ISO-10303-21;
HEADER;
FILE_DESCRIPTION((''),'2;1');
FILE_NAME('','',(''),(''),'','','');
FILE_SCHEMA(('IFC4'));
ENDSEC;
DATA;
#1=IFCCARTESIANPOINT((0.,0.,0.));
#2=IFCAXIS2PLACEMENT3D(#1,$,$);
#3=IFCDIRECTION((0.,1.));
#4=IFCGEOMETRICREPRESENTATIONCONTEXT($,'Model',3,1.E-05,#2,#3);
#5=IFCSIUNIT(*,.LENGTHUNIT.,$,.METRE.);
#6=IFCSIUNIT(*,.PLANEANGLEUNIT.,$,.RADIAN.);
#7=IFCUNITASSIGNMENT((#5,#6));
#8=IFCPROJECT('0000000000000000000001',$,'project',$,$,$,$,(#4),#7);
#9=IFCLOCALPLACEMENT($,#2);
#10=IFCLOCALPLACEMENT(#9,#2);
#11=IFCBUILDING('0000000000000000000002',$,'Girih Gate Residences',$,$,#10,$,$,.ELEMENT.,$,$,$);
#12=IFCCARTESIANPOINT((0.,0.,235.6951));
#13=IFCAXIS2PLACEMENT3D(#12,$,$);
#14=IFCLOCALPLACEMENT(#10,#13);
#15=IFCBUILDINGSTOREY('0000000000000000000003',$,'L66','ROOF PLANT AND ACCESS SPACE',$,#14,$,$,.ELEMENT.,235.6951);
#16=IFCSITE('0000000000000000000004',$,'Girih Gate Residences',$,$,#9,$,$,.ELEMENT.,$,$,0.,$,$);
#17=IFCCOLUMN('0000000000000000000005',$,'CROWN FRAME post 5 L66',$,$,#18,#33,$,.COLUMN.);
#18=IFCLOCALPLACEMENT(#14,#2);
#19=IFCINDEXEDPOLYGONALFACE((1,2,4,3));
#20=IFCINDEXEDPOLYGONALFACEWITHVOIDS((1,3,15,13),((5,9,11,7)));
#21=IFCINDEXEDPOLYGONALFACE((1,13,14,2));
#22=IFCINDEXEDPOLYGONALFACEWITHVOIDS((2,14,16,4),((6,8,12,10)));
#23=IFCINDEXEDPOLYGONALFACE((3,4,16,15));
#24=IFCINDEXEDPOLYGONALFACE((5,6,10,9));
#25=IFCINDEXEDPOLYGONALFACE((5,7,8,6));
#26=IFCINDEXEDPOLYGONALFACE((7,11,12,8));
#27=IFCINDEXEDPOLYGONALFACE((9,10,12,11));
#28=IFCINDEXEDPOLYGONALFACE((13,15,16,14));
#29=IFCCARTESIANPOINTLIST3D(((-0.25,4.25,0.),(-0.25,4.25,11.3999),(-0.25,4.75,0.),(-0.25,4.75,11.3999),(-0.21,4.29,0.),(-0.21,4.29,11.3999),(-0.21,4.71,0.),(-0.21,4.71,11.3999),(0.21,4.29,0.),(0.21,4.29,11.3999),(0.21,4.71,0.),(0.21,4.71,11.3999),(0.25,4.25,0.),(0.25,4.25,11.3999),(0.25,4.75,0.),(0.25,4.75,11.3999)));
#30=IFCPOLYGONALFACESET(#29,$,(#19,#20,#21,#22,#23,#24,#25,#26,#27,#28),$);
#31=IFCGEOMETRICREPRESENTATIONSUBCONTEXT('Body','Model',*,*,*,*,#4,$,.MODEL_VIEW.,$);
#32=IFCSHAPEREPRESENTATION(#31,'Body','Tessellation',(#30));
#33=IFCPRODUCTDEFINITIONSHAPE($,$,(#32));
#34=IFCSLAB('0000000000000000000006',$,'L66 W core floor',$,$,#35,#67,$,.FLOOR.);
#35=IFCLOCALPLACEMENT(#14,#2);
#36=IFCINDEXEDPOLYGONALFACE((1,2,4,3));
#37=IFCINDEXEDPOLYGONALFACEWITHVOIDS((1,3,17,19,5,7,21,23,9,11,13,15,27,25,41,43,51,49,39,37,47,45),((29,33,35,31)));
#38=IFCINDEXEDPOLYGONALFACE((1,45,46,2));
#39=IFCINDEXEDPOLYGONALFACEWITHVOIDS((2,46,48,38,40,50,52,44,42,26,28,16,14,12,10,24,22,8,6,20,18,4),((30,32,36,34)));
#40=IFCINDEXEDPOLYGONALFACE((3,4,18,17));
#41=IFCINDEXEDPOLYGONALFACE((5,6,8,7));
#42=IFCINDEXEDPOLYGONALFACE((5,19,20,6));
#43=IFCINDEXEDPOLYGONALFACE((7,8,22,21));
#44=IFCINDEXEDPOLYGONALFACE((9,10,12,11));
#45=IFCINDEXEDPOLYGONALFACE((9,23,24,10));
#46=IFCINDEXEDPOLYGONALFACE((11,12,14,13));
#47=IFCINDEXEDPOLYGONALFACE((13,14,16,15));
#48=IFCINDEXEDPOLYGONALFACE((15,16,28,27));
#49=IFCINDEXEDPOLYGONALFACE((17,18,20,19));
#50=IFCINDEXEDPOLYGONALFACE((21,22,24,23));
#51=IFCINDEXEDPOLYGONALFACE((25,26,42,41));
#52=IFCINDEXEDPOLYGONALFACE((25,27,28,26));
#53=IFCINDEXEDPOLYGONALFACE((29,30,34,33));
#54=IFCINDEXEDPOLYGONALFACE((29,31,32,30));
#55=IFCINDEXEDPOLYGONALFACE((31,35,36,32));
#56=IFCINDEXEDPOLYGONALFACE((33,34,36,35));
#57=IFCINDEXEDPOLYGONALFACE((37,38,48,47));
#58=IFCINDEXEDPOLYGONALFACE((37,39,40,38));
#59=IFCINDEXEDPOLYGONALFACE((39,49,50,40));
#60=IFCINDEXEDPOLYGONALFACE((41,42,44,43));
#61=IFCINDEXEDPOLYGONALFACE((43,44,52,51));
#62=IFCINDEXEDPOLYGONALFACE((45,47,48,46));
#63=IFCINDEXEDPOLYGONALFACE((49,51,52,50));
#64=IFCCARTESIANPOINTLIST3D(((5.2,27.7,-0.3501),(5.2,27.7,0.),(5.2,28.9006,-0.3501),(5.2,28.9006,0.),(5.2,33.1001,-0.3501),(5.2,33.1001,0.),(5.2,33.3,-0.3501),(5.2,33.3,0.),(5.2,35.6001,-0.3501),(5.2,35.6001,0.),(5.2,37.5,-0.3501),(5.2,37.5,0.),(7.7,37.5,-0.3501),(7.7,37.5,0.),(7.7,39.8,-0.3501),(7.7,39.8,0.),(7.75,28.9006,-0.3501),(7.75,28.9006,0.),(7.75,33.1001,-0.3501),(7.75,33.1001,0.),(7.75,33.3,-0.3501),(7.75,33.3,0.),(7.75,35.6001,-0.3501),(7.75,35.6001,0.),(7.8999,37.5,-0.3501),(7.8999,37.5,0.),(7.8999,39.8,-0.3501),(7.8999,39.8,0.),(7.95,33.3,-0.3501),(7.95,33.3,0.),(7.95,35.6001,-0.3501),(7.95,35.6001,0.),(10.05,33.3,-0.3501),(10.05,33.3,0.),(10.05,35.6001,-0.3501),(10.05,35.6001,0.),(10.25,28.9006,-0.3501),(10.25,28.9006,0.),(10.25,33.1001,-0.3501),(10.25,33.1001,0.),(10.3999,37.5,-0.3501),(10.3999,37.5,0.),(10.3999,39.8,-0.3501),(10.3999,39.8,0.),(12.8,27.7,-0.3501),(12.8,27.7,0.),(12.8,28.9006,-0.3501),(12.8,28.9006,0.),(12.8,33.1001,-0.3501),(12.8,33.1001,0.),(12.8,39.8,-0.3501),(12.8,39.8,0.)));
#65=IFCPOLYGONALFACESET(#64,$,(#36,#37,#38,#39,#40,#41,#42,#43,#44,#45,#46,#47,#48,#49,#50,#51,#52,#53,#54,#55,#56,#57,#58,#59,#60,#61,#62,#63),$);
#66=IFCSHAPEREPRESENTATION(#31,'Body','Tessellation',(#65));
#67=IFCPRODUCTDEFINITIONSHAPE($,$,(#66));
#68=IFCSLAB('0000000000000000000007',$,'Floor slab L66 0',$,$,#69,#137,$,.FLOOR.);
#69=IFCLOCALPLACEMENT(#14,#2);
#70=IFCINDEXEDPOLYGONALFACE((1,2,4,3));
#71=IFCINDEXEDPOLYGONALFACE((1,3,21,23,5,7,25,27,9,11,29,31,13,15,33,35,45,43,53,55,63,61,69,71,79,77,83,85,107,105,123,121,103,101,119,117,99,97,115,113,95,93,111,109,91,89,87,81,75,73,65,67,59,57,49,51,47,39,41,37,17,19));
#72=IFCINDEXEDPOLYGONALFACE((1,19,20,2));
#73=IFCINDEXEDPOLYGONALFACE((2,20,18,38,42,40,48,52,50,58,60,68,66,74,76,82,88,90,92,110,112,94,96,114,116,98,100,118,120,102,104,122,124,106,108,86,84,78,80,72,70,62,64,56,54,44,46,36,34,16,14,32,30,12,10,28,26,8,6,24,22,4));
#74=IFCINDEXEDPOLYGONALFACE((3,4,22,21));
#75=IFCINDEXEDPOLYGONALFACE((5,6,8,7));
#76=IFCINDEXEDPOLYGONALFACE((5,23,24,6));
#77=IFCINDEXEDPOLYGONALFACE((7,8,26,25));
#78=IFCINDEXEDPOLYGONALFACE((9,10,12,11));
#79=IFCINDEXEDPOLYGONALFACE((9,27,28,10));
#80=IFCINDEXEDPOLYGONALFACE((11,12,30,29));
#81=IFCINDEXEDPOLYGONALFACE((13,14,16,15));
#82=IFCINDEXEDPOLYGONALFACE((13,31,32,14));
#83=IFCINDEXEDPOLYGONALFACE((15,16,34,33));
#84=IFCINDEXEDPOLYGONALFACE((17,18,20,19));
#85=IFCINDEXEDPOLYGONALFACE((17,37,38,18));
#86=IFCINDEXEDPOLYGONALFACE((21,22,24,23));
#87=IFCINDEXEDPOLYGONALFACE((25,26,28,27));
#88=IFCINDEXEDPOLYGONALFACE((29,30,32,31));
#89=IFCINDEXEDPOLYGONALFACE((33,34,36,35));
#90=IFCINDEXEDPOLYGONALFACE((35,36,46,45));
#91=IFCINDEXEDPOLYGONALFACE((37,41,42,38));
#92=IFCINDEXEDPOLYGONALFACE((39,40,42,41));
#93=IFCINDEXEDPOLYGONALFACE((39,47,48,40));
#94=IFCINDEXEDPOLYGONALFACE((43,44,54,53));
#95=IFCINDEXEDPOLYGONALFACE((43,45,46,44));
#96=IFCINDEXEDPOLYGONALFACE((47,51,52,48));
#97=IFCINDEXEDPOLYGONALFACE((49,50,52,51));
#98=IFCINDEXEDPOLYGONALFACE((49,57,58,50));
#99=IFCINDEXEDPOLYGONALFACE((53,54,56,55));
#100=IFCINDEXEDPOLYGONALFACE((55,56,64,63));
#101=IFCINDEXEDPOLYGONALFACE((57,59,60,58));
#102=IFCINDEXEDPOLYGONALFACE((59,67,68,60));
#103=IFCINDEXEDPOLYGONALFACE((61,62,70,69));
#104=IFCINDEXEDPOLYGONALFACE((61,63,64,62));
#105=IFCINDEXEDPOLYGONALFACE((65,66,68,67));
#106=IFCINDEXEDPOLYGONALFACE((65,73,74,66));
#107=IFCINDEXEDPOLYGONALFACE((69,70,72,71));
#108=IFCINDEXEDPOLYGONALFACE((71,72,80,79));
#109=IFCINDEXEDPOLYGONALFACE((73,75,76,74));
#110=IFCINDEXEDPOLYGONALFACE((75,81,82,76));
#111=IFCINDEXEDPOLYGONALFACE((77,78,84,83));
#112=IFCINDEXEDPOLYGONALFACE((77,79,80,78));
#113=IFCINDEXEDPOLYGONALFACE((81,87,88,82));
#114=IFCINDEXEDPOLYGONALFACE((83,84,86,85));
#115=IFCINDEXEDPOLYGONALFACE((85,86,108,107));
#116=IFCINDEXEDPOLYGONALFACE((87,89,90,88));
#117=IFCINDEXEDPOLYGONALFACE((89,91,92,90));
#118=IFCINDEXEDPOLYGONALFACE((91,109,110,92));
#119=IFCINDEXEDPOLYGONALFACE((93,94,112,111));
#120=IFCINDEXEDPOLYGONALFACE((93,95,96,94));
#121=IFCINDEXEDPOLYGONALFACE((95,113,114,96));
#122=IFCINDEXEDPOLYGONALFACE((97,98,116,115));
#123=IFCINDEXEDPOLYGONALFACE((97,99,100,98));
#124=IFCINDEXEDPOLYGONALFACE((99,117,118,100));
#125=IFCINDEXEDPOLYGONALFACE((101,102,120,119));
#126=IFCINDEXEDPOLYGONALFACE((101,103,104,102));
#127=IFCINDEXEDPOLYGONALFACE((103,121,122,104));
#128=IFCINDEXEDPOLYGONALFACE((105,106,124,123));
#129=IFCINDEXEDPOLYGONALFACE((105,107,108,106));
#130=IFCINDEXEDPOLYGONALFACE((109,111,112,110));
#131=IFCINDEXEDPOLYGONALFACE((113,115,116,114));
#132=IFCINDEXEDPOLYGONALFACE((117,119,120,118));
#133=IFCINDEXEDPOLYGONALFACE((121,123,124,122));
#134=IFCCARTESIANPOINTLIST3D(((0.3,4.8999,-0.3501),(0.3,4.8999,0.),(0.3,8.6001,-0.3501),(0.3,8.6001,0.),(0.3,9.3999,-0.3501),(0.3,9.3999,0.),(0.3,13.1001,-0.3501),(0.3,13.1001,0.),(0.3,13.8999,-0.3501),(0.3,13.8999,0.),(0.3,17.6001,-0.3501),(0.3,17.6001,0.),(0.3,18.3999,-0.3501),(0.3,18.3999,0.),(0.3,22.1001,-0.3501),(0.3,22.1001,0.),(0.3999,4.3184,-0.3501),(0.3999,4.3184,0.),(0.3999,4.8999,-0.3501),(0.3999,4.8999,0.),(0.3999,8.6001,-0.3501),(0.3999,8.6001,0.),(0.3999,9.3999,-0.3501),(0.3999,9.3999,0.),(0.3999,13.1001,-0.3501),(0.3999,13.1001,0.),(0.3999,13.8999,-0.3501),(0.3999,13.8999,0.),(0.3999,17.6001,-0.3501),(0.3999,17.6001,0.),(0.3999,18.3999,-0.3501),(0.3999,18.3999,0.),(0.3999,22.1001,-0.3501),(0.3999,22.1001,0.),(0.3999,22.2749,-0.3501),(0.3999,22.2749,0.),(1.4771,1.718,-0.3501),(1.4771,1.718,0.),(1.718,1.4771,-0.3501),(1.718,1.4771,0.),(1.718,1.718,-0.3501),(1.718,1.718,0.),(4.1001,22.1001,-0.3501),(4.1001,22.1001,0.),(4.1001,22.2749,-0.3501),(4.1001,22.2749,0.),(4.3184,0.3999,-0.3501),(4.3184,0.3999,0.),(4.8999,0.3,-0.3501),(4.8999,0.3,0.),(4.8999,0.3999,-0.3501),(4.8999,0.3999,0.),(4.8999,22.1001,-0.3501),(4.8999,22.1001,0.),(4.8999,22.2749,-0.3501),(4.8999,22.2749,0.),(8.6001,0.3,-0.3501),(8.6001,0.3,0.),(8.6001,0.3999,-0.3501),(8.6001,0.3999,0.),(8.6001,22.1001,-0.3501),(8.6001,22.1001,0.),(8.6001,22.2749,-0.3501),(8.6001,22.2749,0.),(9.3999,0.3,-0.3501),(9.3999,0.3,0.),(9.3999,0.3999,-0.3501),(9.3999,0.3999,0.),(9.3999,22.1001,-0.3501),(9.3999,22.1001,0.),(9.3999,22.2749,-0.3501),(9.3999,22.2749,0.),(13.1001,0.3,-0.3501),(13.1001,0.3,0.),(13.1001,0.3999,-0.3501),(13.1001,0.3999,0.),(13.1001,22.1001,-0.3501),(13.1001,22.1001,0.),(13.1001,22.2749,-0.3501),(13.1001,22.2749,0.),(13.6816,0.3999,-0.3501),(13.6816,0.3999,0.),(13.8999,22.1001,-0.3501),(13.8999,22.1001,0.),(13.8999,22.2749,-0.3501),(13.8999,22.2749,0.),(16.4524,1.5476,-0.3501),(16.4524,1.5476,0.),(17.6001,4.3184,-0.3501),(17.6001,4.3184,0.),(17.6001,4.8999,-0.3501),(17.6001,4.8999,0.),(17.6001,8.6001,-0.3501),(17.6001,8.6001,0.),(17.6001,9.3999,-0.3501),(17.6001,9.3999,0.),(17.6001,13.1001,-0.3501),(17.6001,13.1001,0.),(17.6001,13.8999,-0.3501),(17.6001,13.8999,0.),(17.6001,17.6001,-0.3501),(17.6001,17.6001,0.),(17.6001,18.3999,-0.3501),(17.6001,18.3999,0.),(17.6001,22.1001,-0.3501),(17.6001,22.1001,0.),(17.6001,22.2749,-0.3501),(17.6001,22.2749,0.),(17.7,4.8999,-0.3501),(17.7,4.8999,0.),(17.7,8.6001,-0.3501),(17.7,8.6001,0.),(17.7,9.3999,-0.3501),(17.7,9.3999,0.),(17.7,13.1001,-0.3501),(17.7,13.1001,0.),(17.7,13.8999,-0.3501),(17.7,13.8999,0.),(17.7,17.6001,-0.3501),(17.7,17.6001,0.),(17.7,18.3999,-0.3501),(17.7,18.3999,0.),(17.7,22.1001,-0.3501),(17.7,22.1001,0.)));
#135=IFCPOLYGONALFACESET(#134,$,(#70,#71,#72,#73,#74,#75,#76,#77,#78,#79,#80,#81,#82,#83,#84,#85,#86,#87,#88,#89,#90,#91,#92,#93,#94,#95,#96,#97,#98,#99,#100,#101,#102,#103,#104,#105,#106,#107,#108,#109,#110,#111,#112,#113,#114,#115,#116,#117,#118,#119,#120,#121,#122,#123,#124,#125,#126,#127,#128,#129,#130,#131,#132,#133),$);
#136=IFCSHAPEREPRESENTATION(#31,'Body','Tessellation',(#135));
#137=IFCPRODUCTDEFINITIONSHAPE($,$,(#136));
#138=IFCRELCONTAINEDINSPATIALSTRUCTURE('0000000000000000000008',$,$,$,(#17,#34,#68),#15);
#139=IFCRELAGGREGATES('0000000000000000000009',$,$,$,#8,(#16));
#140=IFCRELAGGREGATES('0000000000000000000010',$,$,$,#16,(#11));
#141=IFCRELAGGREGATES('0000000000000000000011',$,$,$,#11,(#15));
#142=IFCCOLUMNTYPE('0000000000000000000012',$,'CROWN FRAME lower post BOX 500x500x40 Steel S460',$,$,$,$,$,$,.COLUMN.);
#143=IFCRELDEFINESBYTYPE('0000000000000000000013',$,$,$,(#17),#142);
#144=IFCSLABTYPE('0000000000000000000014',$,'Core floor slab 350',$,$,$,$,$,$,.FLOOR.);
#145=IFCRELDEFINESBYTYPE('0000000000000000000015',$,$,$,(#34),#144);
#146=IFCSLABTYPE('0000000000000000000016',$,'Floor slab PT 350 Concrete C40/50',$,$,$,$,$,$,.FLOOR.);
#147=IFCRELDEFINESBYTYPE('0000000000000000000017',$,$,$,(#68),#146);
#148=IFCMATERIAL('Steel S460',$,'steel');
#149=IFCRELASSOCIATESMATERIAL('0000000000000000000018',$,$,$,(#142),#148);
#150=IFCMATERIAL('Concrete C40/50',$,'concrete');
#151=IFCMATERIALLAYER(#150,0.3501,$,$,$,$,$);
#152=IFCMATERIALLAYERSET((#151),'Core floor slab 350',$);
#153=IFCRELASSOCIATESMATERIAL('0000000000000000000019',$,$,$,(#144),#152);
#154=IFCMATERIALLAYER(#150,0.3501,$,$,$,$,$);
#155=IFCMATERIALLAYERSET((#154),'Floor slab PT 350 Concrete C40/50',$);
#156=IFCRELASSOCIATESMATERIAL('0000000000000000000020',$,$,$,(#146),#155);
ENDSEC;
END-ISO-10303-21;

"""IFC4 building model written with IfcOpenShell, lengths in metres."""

from ifc_helpers import new_model, si_unit, direction, frame, origin, origin_2d, place, context, subcontext, project, spatial, polyline, hollow_rectangle, outline, extrude, material, layer, layer_set, material_profile, profile_set, type_object, element, save


model = new_model("IFC4")

# Units and contexts
model_context = context("Model", 3, precision=1e-05, world=origin(), true_north=direction((0.0, 1.0)))
body_context = subcontext(model_context, "Body", "Model", "MODEL_VIEW")
ifc_project = project(units=[si_unit("LENGTHUNIT", "METRE"), si_unit("PLANEANGLEUNIT", "RADIAN")], contexts=[model_context])

# Site, building, storey
site_placement = place(None, origin())
site = spatial("IfcSite", under=ifc_project, at=site_placement, Name="Girih Gate Residences", CompositionType="ELEMENT", RefElevation=0.0)
building_placement = place(site_placement, origin())
building = spatial("IfcBuilding", under=site, at=building_placement, Name="Girih Gate Residences", CompositionType="ELEMENT")
storey_placement = place(building_placement, frame((0.0, 0.0, 235.6951)))
storey = spatial("IfcBuildingStorey", under=building, at=storey_placement, Name="L66", Description="ROOF PLANT AND ACCESS SPACE", CompositionType="ELEMENT", Elevation=235.6951)

# Column
ifc_material_1 = material(Name="Steel S460", Category="steel")
ifc_material_profile = material_profile(ifc_material_1, hollow_rectangle(XDim=0.5, YDim=0.5, WallThickness=0.04, at=origin_2d()))
ifc_profile_set = profile_set([ifc_material_profile], Name="Steel S460")
column_type = type_object("IfcColumnType", Name="CROWN FRAME lower post BOX 500x500x40 Steel S460", PredefinedType="COLUMN", material=ifc_profile_set)
column_placement = place(storey_placement, frame((0.0, 4.5, 0.0), z_axis=(0.0, 0.0, 1.0), x_axis=(1.0, 0.0, 0.0)))
element("IfcColumn", 1, at=column_placement, inside=storey, type_object=column_type, Name="CROWN FRAME post 5 L66", PredefinedType="COLUMN", context=body_context, shape_type="SweptSolid", body=[
    extrude(hollow_rectangle(XDim=0.5, YDim=0.5, WallThickness=0.04, at=origin_2d()), origin(), (0.0, 0.0, 1.0), 11.3999),
])

# Slabs
ifc_material_2 = material(Name="Concrete C40/50", Category="concrete")
ifc_layer_1 = layer(ifc_material_2, 0.3501)
ifc_layer_set_1 = layer_set([ifc_layer_1], Name="Core floor slab 350")
slab_type_1 = type_object("IfcSlabType", Name="Core floor slab 350", PredefinedType="FLOOR", material=ifc_layer_set_1)
slab_1_placement = place(storey_placement, frame((0.0, 0.0, -0.3501)))
element("IfcSlab", 2, at=slab_1_placement, inside=storey, type_object=slab_type_1, Name="L66 W core floor", PredefinedType="FLOOR", context=body_context, shape_type="SweptSolid", body=[
    extrude(outline(polyline([(12.8, 27.7), (5.2, 27.7), (5.2, 28.9006), (7.75, 28.9006), (7.75, 33.1001), (5.2, 33.1001), (5.2, 33.3), (7.75, 33.3), (7.75, 35.6001), (5.2, 35.6001), (5.2, 37.5), (7.7, 37.5), (7.7, 39.8), (7.8999, 39.8), (7.8999, 37.5), (10.3999, 37.5), (10.3999, 39.8), (12.8, 39.8), (12.8, 33.1001), (10.25, 33.1001), (10.25, 28.9006), (12.8, 28.9006), (12.8, 27.7)]), holes=[polyline([(7.95, 33.3), (10.05, 33.3), (10.05, 35.6001), (7.95, 35.6001), (7.95, 33.3)])]), origin(), (0.0, 0.0, 1.0), 0.3501),
])
ifc_layer_2 = layer(ifc_material_2, 0.3501)
ifc_layer_set_2 = layer_set([ifc_layer_2], Name="Floor slab PT 350 Concrete C40/50")
slab_type_2 = type_object("IfcSlabType", Name="Floor slab PT 350 Concrete C40/50", PredefinedType="FLOOR", material=ifc_layer_set_2)
slab_2_placement = place(storey_placement, frame((0.0, 0.0, -0.3501)))
element("IfcSlab", 3, at=slab_2_placement, inside=storey, type_object=slab_type_2, Name="Floor slab L66 0", PredefinedType="FLOOR", context=body_context, shape_type="SweptSolid", body=[
    extrude(outline(polyline([(17.7, 18.3999), (17.7, 22.1001), (17.6001, 22.1001), (17.6001, 22.2749), (13.8999, 22.2749), (13.8999, 22.1001), (13.1001, 22.1001), (13.1001, 22.2749), (9.3999, 22.2749), (9.3999, 22.1001), (8.6001, 22.1001), (8.6001, 22.2749), (4.8999, 22.2749), (4.8999, 22.1001), (4.1001, 22.1001), (4.1001, 22.2749), (0.3999, 22.2749), (0.3999, 22.1001), (0.3, 22.1001), (0.3, 18.3999), (0.3999, 18.3999), (0.3999, 17.6001), (0.3, 17.6001), (0.3, 13.8999), (0.3999, 13.8999), (0.3999, 13.1001), (0.3, 13.1001), (0.3, 9.3999), (0.3999, 9.3999), (0.3999, 8.6001), (0.3, 8.6001), (0.3, 4.8999), (0.3999, 4.8999), (0.3999, 4.3184), (1.4771, 1.718), (1.718, 1.718), (1.718, 1.4771), (4.3184, 0.3999), (4.8999, 0.3999), (4.8999, 0.3), (8.6001, 0.3), (8.6001, 0.3999), (9.3999, 0.3999), (9.3999, 0.3), (13.1001, 0.3), (13.1001, 0.3999), (13.6816, 0.3999), (16.4524, 1.5476), (17.6001, 4.3184), (17.6001, 4.8999), (17.7, 4.8999), (17.7, 8.6001), (17.6001, 8.6001), (17.6001, 9.3999), (17.7, 9.3999), (17.7, 13.1001), (17.6001, 13.1001), (17.6001, 13.8999), (17.7, 13.8999), (17.7, 17.6001), (17.6001, 17.6001), (17.6001, 18.3999), (17.7, 18.3999)])), origin(), (0.0, 0.0, 1.0), 0.3501),
])

save(model, "model.ifc")
